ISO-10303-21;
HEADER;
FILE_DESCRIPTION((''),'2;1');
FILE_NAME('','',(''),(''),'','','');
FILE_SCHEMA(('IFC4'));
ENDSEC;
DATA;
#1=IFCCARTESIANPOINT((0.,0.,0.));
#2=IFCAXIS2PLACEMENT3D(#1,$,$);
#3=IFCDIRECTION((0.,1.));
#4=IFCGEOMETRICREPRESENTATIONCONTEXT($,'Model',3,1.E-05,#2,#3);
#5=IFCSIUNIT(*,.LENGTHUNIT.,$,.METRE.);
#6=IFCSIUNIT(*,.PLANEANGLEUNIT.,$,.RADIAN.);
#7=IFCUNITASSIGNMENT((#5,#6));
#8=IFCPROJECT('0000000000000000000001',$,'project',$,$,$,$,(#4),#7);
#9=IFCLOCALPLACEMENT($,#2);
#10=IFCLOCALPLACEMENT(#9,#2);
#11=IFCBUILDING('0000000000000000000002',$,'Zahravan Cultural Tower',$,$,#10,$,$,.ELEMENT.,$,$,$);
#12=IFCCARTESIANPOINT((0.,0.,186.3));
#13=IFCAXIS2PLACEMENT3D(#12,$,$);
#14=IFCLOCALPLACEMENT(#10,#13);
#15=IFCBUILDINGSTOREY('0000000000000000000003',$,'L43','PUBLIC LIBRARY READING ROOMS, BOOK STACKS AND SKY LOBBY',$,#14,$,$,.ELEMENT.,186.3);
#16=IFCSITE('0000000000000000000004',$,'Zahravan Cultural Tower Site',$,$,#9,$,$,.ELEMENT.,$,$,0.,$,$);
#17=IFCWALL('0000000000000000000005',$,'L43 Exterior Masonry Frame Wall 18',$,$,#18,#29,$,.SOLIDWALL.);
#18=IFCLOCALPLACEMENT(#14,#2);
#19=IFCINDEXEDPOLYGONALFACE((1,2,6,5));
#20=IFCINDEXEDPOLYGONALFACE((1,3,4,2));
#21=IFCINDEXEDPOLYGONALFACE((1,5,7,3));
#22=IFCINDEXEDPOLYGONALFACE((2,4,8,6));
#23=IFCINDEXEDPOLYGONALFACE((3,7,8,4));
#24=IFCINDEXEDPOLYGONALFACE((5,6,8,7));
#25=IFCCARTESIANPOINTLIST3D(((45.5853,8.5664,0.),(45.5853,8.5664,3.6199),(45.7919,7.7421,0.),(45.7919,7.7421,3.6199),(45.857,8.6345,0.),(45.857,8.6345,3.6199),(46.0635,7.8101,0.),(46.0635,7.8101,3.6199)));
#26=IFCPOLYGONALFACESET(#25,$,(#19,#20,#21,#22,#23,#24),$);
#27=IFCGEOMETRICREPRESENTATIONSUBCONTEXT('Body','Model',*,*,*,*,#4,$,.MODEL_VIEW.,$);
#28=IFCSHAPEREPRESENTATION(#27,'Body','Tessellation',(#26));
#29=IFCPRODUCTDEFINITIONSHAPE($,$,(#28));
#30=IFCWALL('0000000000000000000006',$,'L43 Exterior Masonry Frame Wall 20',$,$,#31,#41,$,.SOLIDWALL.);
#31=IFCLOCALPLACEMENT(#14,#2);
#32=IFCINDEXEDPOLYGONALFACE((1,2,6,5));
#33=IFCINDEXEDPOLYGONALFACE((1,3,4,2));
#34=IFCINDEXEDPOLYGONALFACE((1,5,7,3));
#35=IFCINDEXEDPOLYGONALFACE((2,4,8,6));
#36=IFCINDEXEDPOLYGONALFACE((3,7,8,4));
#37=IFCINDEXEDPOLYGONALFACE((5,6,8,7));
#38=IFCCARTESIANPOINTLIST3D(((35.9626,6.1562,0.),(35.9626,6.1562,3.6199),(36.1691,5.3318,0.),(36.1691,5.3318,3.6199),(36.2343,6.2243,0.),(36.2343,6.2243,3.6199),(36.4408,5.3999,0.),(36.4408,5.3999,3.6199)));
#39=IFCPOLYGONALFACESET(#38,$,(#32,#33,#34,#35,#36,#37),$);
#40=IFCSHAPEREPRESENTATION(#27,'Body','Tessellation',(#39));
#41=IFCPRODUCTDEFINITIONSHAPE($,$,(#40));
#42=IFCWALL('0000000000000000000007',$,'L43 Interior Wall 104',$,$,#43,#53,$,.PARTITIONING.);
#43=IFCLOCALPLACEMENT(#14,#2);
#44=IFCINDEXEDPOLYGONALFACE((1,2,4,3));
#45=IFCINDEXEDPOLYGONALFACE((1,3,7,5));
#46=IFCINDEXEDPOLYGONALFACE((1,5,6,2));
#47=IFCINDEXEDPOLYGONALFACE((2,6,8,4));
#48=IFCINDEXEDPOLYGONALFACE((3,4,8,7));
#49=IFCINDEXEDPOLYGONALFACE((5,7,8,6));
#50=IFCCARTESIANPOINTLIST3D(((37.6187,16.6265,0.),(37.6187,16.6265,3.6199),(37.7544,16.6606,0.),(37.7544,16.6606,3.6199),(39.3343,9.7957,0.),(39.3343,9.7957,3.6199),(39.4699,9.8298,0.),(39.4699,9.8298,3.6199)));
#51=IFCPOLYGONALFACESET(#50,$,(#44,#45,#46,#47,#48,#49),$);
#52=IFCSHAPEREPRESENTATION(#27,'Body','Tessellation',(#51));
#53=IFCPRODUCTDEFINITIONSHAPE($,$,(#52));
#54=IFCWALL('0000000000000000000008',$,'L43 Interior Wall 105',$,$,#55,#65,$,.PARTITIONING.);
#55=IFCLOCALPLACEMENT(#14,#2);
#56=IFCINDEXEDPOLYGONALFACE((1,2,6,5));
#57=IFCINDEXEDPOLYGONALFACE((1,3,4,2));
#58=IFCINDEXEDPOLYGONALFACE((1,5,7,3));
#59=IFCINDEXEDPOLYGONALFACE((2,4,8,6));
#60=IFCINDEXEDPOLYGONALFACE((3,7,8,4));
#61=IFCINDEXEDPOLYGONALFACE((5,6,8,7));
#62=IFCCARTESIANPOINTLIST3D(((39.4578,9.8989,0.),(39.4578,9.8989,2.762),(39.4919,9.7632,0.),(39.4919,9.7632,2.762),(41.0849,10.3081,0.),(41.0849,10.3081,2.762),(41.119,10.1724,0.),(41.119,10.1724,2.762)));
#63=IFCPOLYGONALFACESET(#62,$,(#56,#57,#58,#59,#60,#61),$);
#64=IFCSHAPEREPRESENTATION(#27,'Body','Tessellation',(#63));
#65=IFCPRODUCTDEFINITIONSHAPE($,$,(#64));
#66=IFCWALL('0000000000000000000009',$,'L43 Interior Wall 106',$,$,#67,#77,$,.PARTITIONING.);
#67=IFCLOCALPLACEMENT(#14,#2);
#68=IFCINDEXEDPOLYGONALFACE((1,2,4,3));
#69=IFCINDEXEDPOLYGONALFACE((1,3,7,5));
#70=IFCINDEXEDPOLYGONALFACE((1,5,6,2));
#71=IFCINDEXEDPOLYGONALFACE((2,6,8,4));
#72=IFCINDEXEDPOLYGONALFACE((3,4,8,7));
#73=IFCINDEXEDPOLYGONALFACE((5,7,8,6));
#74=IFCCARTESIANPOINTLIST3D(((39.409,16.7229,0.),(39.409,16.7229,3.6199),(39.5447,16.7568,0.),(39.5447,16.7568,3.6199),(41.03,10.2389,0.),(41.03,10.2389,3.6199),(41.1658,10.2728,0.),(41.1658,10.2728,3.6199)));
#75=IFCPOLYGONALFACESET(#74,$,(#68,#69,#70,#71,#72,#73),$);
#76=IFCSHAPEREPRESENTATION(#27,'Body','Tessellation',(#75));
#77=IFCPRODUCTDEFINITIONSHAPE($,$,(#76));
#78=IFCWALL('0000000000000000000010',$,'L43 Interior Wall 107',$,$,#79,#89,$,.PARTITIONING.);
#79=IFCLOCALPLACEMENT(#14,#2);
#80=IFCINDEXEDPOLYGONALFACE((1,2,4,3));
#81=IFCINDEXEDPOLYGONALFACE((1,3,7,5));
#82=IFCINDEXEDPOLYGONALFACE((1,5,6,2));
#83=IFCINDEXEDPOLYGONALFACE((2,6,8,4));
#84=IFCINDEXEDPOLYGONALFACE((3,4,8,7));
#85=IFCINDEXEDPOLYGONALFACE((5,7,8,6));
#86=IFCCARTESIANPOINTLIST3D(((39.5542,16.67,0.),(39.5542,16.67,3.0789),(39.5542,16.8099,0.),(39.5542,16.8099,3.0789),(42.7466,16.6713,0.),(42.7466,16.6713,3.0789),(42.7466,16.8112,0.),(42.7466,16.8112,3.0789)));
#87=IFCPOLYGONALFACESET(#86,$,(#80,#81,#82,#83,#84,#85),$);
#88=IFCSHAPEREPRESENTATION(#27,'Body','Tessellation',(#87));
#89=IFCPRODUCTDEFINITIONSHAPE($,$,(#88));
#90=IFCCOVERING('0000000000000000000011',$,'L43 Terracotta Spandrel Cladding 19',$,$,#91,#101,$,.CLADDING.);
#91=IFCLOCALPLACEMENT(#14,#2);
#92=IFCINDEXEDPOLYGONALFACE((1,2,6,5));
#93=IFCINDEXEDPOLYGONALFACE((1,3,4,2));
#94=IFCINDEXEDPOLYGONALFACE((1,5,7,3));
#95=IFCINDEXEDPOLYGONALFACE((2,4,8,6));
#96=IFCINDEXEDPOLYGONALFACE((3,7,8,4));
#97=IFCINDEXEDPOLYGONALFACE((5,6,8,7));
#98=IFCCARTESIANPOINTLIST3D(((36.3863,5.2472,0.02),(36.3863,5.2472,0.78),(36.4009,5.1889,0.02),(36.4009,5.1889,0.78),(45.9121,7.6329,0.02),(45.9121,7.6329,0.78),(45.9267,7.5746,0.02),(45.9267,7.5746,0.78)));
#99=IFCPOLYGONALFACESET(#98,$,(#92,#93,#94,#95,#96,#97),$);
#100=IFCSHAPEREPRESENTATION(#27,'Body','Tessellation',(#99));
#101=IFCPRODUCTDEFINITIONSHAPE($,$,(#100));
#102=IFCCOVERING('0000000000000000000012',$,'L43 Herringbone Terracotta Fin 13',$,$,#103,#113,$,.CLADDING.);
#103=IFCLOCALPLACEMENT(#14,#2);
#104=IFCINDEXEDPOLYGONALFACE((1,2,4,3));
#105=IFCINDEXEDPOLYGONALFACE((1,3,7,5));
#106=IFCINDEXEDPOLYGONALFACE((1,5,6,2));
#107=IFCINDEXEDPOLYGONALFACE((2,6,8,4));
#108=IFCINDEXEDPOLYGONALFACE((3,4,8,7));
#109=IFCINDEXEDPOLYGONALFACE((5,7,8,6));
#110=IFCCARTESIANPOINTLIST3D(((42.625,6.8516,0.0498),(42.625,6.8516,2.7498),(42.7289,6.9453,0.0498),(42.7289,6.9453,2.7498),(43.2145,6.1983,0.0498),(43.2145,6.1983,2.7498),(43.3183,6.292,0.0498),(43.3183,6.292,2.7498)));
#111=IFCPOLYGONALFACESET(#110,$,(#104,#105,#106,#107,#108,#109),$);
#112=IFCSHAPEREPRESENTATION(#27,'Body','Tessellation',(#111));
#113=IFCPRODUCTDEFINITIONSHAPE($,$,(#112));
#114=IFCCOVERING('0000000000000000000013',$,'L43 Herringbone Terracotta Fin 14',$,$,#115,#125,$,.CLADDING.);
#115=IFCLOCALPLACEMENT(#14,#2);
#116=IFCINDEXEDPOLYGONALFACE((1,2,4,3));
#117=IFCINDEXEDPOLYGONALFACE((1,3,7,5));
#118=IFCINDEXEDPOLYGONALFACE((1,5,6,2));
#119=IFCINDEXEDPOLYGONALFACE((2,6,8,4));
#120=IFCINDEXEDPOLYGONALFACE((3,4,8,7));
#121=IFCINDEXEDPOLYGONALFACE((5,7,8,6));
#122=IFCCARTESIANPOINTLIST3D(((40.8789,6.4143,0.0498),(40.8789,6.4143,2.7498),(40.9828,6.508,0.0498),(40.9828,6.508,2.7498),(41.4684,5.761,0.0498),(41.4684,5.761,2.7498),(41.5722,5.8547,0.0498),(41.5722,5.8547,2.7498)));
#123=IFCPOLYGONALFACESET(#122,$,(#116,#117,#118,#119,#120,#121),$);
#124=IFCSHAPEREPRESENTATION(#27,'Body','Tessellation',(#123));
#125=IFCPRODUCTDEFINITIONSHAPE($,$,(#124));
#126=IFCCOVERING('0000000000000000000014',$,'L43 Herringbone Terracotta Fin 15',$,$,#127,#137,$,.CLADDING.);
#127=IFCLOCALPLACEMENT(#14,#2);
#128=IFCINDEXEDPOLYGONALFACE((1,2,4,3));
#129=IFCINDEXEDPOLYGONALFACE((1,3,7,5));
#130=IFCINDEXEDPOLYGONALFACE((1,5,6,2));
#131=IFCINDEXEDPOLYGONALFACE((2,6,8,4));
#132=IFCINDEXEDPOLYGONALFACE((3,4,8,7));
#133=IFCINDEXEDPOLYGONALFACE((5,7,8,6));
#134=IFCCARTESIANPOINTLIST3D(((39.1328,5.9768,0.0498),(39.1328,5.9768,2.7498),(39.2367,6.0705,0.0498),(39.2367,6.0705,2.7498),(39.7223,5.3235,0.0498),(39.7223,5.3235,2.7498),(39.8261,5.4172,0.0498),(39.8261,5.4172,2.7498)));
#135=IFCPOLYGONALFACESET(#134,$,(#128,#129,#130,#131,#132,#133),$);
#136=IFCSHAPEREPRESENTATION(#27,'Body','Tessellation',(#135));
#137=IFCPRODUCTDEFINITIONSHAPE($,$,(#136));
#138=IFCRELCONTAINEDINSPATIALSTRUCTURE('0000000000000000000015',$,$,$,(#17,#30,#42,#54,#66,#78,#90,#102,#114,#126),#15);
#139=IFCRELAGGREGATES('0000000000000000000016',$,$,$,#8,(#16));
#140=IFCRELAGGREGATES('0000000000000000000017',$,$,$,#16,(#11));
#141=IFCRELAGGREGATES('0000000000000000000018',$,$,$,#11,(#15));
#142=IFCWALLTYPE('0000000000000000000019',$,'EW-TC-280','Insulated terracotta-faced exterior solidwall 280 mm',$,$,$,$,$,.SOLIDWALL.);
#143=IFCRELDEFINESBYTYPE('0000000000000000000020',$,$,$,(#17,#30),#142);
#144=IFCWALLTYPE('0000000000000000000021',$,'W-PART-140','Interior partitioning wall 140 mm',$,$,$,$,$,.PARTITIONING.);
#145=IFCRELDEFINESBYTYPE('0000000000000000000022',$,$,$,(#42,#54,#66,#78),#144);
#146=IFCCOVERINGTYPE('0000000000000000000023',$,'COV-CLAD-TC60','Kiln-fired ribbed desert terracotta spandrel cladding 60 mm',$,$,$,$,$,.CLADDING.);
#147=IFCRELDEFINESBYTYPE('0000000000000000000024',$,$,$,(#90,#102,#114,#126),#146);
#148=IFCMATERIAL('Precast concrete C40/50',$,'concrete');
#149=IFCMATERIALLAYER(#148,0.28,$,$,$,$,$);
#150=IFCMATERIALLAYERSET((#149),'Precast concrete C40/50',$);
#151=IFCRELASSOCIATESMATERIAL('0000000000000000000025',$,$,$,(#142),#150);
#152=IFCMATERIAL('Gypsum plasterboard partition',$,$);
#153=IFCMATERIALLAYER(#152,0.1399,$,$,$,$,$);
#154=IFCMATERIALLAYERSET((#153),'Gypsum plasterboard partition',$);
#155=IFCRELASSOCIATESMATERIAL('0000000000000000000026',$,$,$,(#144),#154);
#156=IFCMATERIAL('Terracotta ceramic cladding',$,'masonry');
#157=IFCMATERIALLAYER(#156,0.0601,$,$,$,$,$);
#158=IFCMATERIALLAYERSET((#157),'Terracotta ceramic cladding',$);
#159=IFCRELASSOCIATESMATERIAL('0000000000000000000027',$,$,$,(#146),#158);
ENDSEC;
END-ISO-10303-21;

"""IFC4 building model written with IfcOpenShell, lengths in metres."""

from ifc_helpers import new_model, si_unit, direction, frame, frame_2d, origin, origin_2d, place, context, subcontext, project, spatial, rectangle, extrude, source, transform, mapped, material, layer, layer_set, type_object, element, save


model = new_model("IFC4")

# Units and contexts
model_context = context("Model", 3, precision=1e-05, world=origin(), true_north=direction((0.0, 1.0)))
body_context = subcontext(model_context, "Body", "Model", "MODEL_VIEW")
ifc_project = project(units=[si_unit("LENGTHUNIT", "METRE"), si_unit("PLANEANGLEUNIT", "RADIAN")], contexts=[model_context])

# Site, building, storey
site_placement = place(None, origin())
site = spatial("IfcSite", under=ifc_project, at=site_placement, Name="Zahravan Cultural Tower Site", CompositionType="ELEMENT", RefElevation=0.0)
building_placement = place(site_placement, origin())
building = spatial("IfcBuilding", under=site, at=building_placement, Name="Zahravan Cultural Tower", CompositionType="ELEMENT")
storey_placement = place(building_placement, frame((0.0, 0.0, 186.3)))
storey = spatial("IfcBuildingStorey", under=building, at=storey_placement, Name="L43", Description="PUBLIC LIBRARY READING ROOMS, BOOK STACKS AND SKY LOBBY", CompositionType="ELEMENT", Elevation=186.3)

# Shared definitions
ifc_material_1 = material(Name="Precast concrete C40/50", Category="concrete")
ifc_layer_1 = layer(ifc_material_1, 0.28)
ifc_layer_set_1 = layer_set([ifc_layer_1], Name="Precast concrete C40/50")
wall_type_1 = type_object("IfcWallType", Name="EW-TC-280", Description="Insulated terracotta-faced exterior solidwall 280 mm", PredefinedType="SOLIDWALL", material=ifc_layer_set_1)

# Walls
shared_shape_1 = source(origin(), body_context, "Body", "SweptSolid", [
    extrude(rectangle(XDim=0.8499, YDim=0.28, at=frame_2d((0.4248, 0.0))), origin(), (0.0, 0.0, 1.0), 3.6199),
])
for number, where, z_axis, x_axis, name in (
    (1, (45.7212, 8.6003, 0.0), (0.0, 0.0, 1.0), (0.243009, -0.970024, 0.0), "L43 Exterior Masonry Frame Wall 18"),
    (2, (36.3049, 5.366, 0.0), (0.0, 0.0, 1.0), (-0.243009, 0.970024, 0.0), "L43 Exterior Masonry Frame Wall 20"),
):
    element("IfcWall", number, at=place(storey_placement, frame(where, z_axis=z_axis, x_axis=x_axis)), inside=storey, type_object=wall_type_1, Name=name, PredefinedType="SOLIDWALL", context=body_context, shape_type="MappedRepresentation", body=[
        mapped(shared_shape_1, transform((0.0, 0.0, 0.0), x_axis=(1.0, 0.0, 0.0), y_axis=(0.0, 1.0, 0.0), z_axis=(0.0, 0.0, 1.0), scale=1.0)),
    ])
ifc_material_2 = material(Name="Gypsum plasterboard partition")
ifc_layer_2 = layer(ifc_material_2, 0.1399)
ifc_layer_set_2 = layer_set([ifc_layer_2], Name="Gypsum plasterboard partition")
wall_type_2 = type_object("IfcWallType", Name="W-PART-140", Description="Interior partitioning wall 140 mm", PredefinedType="PARTITIONING", material=ifc_layer_set_2)
shared_shape_2 = source(origin(), body_context, "Body", "SweptSolid", [
    extrude(rectangle(XDim=7.043, YDim=0.1399, at=frame_2d((3.5215, 0.0))), origin(), (0.0, 0.0, 1.0), 3.6199),
])
wall_1_placement = place(storey_placement, frame((37.6865, 16.6436, 0.0), z_axis=(0.0, 0.0, 1.0), x_axis=(0.243588, -0.969879, 0.0)))
element("IfcWall", 3, at=wall_1_placement, inside=storey, type_object=wall_type_2, Name="L43 Interior Wall 104", PredefinedType="PARTITIONING", context=body_context, shape_type="MappedRepresentation", body=[
    mapped(shared_shape_2, transform((0.0, 0.0, 0.0), x_axis=(1.0, 0.0, 0.0), y_axis=(0.0, 1.0, 0.0), z_axis=(0.0, 0.0, 1.0), scale=1.0)),
])
shared_shape_3 = source(origin(), body_context, "Body", "SweptSolid", [
    extrude(rectangle(XDim=1.6777, YDim=0.1399, at=frame_2d((0.8389, 0.0))), origin(), (0.0, 0.0, 1.0), 2.762),
])
wall_2_placement = place(storey_placement, frame((39.4749, 9.8311, 0.0), z_axis=(0.0, 0.0, 1.0), x_axis=(0.969799, 0.243905, 0.0)))
element("IfcWall", 4, at=wall_2_placement, inside=storey, type_object=wall_type_2, Name="L43 Interior Wall 105", PredefinedType="PARTITIONING", context=body_context, shape_type="MappedRepresentation", body=[
    mapped(shared_shape_3, transform((0.0, 0.0, 0.0), x_axis=(1.0, 0.0, 0.0), y_axis=(0.0, 1.0, 0.0), z_axis=(0.0, 0.0, 1.0), scale=1.0)),
])
shared_shape_4 = source(origin(), body_context, "Body", "SweptSolid", [
    extrude(rectangle(XDim=6.6836, YDim=0.1399, at=frame_2d((3.3418, 0.0))), origin(), (0.0, 0.0, 1.0), 3.6199),
])
wall_3_placement = place(storey_placement, frame((41.0979, 10.2559, 0.0), z_axis=(0.0, 0.0, 1.0), x_axis=(-0.242544, 0.97014, 0.0)))
element("IfcWall", 5, at=wall_3_placement, inside=storey, type_object=wall_type_2, Name="L43 Interior Wall 106", PredefinedType="PARTITIONING", context=body_context, shape_type="MappedRepresentation", body=[
    mapped(shared_shape_4, transform((0.0, 0.0, 0.0), x_axis=(1.0, 0.0, 0.0), y_axis=(0.0, 1.0, 0.0), z_axis=(0.0, 0.0, 1.0), scale=1.0)),
])
shared_shape_5 = source(origin(), body_context, "Body", "SweptSolid", [
    extrude(rectangle(XDim=3.1924, YDim=0.1399, at=frame_2d((1.5962, 0.0))), origin(), (0.0, 0.0, 1.0), 3.0789),
])
wall_4_placement = place(storey_placement, frame((39.5542, 16.74, 0.0), z_axis=(0.0, 0.0, 1.0), x_axis=(1.0, 0.000382, 0.0)))
element("IfcWall", 6, at=wall_4_placement, inside=storey, type_object=wall_type_2, Name="L43 Interior Wall 107", PredefinedType="PARTITIONING", context=body_context, shape_type="MappedRepresentation", body=[
    mapped(shared_shape_5, transform((0.0, 0.0, 0.0), x_axis=(1.0, 0.0, 0.0), y_axis=(0.0, 1.0, 0.0), z_axis=(0.0, 0.0, 1.0), scale=1.0)),
])

# Coverings
ifc_material_3 = material(Name="Terracotta ceramic cladding", Category="masonry")
ifc_layer_3 = layer(ifc_material_3, 0.0601)
ifc_layer_set_3 = layer_set([ifc_layer_3], Name="Terracotta ceramic cladding")
covering_type = type_object("IfcCoveringType", Name="COV-CLAD-TC60", Description="Kiln-fired ribbed desert terracotta spandrel cladding 60 mm", PredefinedType="CLADDING", material=ifc_layer_set_3)
shared_shape_6 = source(origin(), body_context, "Body", "SweptSolid", [
    extrude(rectangle(XDim=9.8201, YDim=0.0601, at=origin_2d()), origin(), (0.0, 0.0, 1.0), 0.76),
])
covering_placement = place(storey_placement, frame((41.1565, 6.4109, 0.02), z_axis=(0.0, 0.0, 1.0), x_axis=(-0.970042, -0.242938, 0.0)))
element("IfcCovering", 7, at=covering_placement, inside=storey, type_object=covering_type, Name="L43 Terracotta Spandrel Cladding 19", PredefinedType="CLADDING", context=body_context, shape_type="MappedRepresentation", body=[
    mapped(shared_shape_6, transform((0.0, 0.0, 0.0), x_axis=(1.0, 0.0, 0.0), y_axis=(0.0, 1.0, 0.0), z_axis=(0.0, 0.0, 1.0), scale=1.0)),
])
shared_shape_7 = source(origin(), body_context, "Body", "SweptSolid", [
    extrude(rectangle(XDim=0.8799, YDim=0.1399, at=origin_2d()), origin(), (0.0, 0.0, 1.0), 2.7),
])
for number, where, z_axis, x_axis, name in (
    (8, (42.9717, 6.5718, 0.0498), (0.0, 0.0, 1.0), (0.669908, -0.742444, 0.0), "L43 Herringbone Terracotta Fin 13"),
    (9, (41.2256, 6.1345, 0.0498), (0.0, 0.0, 1.0), (0.669908, -0.742444, 0.0), "L43 Herringbone Terracotta Fin 14"),
    (10, (39.4795, 5.697, 0.0498), (0.0, 0.0, 1.0), (0.669908, -0.742444, 0.0), "L43 Herringbone Terracotta Fin 15"),
):
    element("IfcCovering", number, at=place(storey_placement, frame(where, z_axis=z_axis, x_axis=x_axis)), inside=storey, type_object=covering_type, Name=name, PredefinedType="CLADDING", context=body_context, shape_type="MappedRepresentation", body=[
        mapped(shared_shape_7, transform((0.0, 0.0, 0.0), x_axis=(1.0, 0.0, 0.0), y_axis=(0.0, 1.0, 0.0), z_axis=(0.0, 0.0, 1.0), scale=1.0)),
    ])

save(model, "model.ifc")
